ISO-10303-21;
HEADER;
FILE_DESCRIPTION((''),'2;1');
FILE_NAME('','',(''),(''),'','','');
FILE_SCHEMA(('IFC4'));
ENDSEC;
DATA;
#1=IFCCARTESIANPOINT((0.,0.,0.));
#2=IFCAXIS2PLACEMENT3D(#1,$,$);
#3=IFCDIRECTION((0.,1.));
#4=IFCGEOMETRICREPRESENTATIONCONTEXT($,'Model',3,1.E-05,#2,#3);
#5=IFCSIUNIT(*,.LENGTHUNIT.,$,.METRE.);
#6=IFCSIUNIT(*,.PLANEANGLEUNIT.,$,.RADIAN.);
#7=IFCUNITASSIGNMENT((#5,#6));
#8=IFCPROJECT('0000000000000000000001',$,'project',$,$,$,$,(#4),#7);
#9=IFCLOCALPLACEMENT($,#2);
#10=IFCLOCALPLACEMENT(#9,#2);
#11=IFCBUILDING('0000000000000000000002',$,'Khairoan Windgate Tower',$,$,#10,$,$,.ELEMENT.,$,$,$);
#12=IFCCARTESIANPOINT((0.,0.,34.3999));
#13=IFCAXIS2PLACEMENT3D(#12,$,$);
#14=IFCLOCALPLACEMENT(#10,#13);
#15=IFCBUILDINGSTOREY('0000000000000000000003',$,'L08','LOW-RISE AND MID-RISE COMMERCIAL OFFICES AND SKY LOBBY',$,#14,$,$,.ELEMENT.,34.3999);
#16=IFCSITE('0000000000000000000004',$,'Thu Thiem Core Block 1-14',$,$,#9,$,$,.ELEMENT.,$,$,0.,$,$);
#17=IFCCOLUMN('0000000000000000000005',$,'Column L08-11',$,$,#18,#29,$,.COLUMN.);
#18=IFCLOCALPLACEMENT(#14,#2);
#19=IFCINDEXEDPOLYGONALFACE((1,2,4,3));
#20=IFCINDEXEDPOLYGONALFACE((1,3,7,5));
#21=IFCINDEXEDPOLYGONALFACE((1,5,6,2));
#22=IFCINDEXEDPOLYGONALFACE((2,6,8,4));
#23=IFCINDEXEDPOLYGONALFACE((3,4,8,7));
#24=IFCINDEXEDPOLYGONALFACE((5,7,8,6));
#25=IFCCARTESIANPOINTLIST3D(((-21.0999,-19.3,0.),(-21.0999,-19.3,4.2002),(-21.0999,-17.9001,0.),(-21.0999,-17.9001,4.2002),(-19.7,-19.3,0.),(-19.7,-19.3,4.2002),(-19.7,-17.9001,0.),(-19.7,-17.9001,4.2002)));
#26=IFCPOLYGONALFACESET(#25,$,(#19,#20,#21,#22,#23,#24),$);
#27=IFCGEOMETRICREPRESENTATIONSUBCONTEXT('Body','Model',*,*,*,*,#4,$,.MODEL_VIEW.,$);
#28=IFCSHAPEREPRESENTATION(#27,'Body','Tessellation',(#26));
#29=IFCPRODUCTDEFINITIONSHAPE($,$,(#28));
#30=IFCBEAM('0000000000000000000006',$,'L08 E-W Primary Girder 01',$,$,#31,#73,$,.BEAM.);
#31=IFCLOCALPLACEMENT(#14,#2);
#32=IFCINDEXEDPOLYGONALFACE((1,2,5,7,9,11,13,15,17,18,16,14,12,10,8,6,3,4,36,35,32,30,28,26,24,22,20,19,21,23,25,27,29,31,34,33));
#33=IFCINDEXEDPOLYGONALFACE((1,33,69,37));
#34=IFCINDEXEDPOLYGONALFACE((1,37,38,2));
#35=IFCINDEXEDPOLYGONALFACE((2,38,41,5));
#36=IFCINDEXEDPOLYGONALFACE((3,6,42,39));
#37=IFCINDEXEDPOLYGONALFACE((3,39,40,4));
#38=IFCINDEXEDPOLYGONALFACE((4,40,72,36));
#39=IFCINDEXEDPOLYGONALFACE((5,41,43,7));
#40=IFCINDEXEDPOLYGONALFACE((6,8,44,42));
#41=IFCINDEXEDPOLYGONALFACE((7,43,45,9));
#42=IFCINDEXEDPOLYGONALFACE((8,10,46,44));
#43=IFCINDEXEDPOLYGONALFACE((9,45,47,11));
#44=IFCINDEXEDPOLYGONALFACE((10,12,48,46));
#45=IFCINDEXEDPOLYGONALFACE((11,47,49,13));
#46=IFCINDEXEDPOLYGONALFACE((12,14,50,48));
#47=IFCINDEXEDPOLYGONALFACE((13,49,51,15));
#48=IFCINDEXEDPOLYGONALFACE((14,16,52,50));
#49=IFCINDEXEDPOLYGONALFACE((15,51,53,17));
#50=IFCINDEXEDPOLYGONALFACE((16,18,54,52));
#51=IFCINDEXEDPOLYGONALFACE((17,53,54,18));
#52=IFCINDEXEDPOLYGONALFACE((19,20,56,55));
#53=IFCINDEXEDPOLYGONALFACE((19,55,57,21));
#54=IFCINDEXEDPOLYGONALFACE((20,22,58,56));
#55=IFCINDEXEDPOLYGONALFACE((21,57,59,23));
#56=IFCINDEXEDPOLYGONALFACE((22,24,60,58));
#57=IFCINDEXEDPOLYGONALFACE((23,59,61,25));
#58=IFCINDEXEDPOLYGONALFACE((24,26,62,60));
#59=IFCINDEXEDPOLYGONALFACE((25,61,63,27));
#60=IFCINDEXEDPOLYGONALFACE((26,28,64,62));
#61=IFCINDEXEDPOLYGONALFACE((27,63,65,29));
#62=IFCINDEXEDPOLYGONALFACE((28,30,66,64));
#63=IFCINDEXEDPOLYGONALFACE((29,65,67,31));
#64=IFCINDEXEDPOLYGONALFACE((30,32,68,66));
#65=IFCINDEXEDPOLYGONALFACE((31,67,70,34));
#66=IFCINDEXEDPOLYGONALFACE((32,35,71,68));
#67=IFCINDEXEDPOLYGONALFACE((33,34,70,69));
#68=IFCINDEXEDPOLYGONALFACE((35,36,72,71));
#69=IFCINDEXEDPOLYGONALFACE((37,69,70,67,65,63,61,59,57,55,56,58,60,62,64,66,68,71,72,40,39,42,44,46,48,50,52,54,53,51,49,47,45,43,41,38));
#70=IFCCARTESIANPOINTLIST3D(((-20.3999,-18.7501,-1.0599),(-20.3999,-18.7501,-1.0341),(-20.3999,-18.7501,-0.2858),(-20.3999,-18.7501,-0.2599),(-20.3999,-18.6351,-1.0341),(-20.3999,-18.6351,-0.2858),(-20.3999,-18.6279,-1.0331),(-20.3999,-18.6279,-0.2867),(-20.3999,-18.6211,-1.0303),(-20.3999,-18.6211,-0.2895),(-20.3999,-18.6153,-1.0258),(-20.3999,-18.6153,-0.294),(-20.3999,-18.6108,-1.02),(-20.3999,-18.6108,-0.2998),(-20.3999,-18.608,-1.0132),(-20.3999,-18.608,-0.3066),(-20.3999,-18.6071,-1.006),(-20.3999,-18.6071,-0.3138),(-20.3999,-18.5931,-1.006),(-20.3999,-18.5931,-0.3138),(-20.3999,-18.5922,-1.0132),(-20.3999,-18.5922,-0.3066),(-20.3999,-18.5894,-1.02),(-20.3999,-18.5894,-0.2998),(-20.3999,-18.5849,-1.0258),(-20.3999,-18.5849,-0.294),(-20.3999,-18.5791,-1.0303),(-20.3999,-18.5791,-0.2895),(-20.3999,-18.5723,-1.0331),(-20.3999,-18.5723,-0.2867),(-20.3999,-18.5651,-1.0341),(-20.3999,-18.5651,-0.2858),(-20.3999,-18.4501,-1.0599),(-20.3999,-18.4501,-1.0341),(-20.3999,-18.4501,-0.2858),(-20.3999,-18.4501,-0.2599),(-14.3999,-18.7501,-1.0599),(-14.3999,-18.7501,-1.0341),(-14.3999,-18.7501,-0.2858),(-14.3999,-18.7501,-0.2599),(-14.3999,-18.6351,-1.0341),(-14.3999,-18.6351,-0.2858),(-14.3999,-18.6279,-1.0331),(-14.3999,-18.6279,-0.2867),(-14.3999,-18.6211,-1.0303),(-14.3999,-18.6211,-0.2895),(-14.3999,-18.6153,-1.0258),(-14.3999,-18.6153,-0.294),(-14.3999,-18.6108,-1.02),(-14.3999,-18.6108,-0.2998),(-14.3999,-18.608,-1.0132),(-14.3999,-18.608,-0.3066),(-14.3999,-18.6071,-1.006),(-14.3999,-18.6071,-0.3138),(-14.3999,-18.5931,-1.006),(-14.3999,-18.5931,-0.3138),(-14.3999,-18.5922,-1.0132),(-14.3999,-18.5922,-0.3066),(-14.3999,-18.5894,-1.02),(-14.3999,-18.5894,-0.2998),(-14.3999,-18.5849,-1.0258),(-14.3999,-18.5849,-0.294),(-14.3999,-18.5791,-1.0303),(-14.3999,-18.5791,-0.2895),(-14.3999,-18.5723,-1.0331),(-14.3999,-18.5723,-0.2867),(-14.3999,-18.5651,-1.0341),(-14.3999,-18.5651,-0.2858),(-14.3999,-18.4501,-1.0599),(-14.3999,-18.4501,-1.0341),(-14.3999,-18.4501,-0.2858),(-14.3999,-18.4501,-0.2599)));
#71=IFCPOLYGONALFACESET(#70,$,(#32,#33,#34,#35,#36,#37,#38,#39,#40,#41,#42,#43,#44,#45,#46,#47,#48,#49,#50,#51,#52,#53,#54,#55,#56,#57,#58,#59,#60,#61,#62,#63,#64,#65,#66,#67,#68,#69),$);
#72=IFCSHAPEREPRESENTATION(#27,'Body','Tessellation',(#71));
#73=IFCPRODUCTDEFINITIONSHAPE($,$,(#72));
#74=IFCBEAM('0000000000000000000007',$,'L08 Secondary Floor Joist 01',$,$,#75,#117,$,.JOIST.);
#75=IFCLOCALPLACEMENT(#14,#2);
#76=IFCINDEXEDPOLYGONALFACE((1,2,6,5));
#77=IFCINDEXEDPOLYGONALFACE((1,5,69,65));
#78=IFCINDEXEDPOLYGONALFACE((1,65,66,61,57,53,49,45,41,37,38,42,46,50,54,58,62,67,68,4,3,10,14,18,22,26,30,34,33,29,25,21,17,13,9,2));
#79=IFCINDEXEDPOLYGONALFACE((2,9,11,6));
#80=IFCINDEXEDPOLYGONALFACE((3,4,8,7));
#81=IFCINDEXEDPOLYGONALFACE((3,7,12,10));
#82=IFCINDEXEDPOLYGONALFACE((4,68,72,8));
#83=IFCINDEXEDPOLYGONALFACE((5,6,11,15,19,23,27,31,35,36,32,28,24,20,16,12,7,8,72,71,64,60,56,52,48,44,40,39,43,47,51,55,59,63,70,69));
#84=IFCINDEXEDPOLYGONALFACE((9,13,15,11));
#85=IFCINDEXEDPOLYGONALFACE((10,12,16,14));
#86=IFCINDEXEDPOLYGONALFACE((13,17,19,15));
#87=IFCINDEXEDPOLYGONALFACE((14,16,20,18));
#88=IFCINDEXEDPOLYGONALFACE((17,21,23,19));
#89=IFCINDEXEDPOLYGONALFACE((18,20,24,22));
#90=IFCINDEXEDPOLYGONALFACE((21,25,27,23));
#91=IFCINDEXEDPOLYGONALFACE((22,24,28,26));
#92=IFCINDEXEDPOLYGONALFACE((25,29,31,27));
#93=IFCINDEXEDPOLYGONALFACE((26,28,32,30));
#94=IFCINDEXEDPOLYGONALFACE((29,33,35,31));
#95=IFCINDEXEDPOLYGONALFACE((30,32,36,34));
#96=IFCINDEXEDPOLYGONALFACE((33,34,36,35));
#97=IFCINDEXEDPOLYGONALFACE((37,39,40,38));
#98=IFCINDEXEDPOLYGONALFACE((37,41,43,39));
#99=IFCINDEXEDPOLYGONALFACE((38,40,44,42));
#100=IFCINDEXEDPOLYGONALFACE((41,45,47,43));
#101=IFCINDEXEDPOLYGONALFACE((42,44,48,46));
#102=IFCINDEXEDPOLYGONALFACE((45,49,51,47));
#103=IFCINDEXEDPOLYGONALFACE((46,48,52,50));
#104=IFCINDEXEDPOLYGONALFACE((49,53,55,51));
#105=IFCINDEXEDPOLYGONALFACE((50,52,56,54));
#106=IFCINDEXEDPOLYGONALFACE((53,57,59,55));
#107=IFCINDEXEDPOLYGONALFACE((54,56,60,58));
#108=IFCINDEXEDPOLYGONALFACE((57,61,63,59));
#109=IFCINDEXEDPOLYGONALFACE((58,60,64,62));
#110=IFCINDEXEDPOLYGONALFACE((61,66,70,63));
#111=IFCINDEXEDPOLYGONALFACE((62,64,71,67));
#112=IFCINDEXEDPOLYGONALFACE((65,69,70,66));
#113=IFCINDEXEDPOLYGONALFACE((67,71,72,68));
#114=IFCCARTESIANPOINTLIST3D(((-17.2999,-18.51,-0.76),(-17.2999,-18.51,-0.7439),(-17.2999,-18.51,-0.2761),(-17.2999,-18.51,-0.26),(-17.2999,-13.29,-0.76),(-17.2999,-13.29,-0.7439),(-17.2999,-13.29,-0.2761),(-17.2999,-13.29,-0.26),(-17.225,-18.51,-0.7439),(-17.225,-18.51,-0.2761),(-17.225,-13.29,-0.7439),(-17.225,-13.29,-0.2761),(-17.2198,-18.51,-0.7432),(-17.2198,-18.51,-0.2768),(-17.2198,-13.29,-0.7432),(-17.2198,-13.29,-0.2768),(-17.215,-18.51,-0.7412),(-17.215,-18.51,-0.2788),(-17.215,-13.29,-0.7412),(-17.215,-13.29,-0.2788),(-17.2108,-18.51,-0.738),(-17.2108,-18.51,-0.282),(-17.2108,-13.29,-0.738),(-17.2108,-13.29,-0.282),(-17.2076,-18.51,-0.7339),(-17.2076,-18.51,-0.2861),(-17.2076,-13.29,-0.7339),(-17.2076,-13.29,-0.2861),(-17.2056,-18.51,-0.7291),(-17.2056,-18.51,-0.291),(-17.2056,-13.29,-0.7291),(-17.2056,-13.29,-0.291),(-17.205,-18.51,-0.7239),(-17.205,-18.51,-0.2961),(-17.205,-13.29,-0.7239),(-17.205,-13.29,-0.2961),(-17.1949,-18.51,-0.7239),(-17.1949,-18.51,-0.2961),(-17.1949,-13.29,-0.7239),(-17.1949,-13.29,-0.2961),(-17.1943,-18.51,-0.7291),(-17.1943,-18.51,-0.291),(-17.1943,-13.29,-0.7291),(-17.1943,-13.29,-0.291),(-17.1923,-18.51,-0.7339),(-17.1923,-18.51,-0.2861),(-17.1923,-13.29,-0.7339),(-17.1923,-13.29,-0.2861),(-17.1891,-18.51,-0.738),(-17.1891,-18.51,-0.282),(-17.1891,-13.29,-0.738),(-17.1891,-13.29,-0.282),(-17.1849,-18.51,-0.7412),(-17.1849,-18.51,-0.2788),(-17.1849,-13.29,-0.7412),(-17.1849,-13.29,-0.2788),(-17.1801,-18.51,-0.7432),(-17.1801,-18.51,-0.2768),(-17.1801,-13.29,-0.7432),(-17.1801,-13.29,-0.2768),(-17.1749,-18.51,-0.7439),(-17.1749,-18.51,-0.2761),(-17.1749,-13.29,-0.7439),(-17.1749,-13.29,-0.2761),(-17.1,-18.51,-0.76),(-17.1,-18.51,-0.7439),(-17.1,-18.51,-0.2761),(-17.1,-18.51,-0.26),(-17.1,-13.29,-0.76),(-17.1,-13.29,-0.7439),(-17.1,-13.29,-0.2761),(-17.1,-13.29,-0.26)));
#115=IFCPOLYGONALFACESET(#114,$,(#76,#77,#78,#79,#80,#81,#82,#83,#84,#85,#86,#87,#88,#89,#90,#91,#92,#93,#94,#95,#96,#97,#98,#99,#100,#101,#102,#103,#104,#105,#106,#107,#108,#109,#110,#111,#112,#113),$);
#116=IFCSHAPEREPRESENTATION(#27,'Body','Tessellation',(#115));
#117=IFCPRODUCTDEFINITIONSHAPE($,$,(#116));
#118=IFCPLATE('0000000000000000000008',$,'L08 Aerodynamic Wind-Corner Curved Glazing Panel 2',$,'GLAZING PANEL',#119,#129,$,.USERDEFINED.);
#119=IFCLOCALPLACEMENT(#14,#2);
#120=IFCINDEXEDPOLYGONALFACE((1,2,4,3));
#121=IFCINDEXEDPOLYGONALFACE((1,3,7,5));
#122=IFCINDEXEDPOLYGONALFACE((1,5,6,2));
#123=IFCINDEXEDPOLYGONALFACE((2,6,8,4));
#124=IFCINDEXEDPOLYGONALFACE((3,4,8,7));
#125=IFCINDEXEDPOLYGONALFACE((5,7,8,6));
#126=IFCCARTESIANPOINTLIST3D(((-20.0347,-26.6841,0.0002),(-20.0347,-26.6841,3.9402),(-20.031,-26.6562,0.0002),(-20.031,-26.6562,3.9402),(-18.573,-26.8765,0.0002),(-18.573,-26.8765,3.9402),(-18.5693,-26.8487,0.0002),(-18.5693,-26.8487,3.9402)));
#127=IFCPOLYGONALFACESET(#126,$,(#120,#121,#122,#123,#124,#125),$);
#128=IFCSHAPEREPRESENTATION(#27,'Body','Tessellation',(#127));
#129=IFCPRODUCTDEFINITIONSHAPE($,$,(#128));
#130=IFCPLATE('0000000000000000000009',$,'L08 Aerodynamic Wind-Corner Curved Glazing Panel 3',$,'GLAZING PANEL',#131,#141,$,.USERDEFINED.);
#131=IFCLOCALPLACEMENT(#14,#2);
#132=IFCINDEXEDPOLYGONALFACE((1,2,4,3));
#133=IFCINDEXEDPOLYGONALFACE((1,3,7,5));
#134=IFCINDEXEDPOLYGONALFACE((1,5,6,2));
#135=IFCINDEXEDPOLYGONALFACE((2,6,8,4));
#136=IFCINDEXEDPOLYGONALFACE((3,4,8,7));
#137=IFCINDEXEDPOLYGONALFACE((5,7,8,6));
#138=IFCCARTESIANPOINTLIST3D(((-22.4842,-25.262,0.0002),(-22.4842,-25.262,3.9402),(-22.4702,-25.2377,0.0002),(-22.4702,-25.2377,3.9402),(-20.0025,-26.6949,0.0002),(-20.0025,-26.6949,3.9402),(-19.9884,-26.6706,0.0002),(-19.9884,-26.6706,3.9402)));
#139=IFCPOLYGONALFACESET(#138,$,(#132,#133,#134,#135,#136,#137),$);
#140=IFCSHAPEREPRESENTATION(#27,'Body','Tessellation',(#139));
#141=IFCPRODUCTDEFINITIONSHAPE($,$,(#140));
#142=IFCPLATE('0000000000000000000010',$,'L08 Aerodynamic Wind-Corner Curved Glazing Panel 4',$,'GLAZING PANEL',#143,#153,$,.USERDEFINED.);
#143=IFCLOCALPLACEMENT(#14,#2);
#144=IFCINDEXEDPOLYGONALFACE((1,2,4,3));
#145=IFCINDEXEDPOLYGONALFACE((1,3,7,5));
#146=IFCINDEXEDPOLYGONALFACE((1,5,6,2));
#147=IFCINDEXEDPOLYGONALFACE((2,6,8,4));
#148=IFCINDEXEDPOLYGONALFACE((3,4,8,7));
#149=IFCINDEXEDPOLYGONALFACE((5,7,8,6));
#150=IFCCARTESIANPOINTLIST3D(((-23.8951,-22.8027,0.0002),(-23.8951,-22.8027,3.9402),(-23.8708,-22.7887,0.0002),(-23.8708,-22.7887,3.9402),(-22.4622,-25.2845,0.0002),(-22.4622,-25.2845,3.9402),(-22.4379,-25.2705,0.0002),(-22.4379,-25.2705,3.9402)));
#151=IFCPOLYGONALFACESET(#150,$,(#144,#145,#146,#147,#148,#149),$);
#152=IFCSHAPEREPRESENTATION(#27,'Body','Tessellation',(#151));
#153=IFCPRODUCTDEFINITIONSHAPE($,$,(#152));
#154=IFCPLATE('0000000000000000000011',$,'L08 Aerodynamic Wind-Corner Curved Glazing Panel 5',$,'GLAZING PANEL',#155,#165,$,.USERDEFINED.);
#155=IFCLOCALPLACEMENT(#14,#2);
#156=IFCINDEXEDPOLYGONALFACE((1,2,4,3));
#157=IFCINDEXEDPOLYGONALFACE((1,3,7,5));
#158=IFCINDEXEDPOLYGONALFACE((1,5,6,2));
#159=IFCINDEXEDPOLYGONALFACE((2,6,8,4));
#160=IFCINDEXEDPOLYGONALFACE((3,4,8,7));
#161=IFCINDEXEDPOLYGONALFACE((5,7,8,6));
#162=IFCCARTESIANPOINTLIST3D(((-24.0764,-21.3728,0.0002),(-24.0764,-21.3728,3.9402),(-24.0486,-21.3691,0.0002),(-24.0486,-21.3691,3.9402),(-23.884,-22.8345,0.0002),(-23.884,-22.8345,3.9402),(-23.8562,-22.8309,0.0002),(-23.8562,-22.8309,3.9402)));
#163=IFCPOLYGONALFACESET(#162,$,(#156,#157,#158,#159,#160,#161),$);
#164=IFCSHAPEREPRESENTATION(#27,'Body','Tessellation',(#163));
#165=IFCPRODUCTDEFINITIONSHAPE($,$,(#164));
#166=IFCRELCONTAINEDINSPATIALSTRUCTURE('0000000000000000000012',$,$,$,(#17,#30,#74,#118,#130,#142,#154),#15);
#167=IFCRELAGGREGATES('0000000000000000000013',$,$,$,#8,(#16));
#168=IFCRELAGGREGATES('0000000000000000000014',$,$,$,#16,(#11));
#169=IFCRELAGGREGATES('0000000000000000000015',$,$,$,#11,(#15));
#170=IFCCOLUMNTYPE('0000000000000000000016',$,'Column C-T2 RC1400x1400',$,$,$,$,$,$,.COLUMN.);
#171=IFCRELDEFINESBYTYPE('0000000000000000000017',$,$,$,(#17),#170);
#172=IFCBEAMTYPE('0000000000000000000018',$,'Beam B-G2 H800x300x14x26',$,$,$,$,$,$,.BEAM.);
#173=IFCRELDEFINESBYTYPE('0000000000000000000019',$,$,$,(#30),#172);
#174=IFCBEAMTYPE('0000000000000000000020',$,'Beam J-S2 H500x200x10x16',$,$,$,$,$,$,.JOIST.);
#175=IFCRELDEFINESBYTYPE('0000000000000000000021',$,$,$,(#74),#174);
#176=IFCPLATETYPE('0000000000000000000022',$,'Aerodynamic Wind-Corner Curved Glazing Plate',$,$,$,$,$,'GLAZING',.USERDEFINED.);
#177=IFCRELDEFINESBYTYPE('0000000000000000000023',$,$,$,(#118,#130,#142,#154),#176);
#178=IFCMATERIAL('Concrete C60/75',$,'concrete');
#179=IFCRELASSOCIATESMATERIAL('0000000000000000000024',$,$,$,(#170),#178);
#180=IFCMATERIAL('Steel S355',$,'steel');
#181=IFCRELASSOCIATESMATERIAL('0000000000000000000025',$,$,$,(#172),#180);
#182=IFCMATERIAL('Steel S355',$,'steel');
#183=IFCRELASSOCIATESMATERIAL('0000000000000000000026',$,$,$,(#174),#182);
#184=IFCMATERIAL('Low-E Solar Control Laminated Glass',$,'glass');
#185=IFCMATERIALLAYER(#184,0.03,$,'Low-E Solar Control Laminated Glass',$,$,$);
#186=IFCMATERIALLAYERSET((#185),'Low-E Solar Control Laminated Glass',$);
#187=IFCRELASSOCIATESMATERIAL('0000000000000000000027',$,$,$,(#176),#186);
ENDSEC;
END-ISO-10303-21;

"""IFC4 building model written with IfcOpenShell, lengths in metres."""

from ifc_helpers import new_model, si_unit, direction, frame, origin, origin_2d, place, context, subcontext, project, spatial, rectangle, i_section, extrude, material, layer, layer_set, material_profile, profile_set, type_object, element, save


model = new_model("IFC4")

# Units and contexts
model_context = context("Model", 3, precision=1e-05, world=origin(), true_north=direction((0.0, 1.0)))
body_context = subcontext(model_context, "Body", "Model", "MODEL_VIEW")
ifc_project = project(units=[si_unit("LENGTHUNIT", "METRE"), si_unit("PLANEANGLEUNIT", "RADIAN")], contexts=[model_context])

# Site, building, storey
site_placement = place(None, origin())
site = spatial("IfcSite", under=ifc_project, at=site_placement, Name="Thu Thiem Core Block 1-14", CompositionType="ELEMENT", RefElevation=0.0)
building_placement = place(site_placement, origin())
building = spatial("IfcBuilding", under=site, at=building_placement, Name="Khairoan Windgate Tower", CompositionType="ELEMENT")
storey_placement = place(building_placement, frame((0.0, 0.0, 34.3999)))
storey = spatial("IfcBuildingStorey", under=building, at=storey_placement, Name="L08", Description="LOW-RISE AND MID-RISE COMMERCIAL OFFICES AND SKY LOBBY", CompositionType="ELEMENT", Elevation=34.3999)

# Column
ifc_material_1 = material(Name="Concrete C60/75", Category="concrete")
ifc_material_profile_1 = material_profile(ifc_material_1, rectangle(XDim=1.3999, YDim=1.3999, at=origin_2d()))
ifc_profile_set_1 = profile_set([ifc_material_profile_1], Name="Concrete C60/75")
column_type = type_object("IfcColumnType", Name="Column C-T2 RC1400x1400", PredefinedType="COLUMN", material=ifc_profile_set_1)
column_placement = place(storey_placement, frame((-20.3999, -18.6001, 0.0), z_axis=(0.0, 0.0, 1.0), x_axis=(1.0, 0.0, 0.0)))
element("IfcColumn", 1, at=column_placement, inside=storey, type_object=column_type, Name="Column L08-11", PredefinedType="COLUMN", context=body_context, shape_type="SweptSolid", body=[
    extrude(rectangle(XDim=1.3999, YDim=1.3999, at=origin_2d()), origin(), (0.0, 0.0, 1.0), 4.2002),
])

# Beams
ifc_material_2 = material(Name="Steel S355", Category="steel")
ifc_material_profile_2 = material_profile(ifc_material_2, i_section(OverallWidth=0.3, OverallDepth=0.8, WebThickness=0.0139, FlangeThickness=0.0259, FilletRadius=0.0281, at=origin_2d()))
ifc_profile_set_2 = profile_set([ifc_material_profile_2], Name="Steel S355")
beam_type_1 = type_object("IfcBeamType", Name="Beam B-G2 H800x300x14x26", PredefinedType="BEAM", material=ifc_profile_set_2)
beam_1_placement = place(storey_placement, frame((-20.3999, -18.6001, -0.6599), z_axis=(1.0, 0.0, 0.0), x_axis=(0.0, 1.0, 0.0)))
element("IfcBeam", 2, at=beam_1_placement, inside=storey, type_object=beam_type_1, Name="L08 E-W Primary Girder 01", PredefinedType="BEAM", context=body_context, shape_type="SweptSolid", body=[
    extrude(i_section(OverallWidth=0.3, OverallDepth=0.8, WebThickness=0.0139, FlangeThickness=0.0259, FilletRadius=0.0281, at=origin_2d()), origin(), (0.0, 0.0, 1.0), 6.0),
])
ifc_material_3 = material(Name="Steel S355", Category="steel")
ifc_material_profile_3 = material_profile(ifc_material_3, i_section(OverallWidth=0.2, OverallDepth=0.5, WebThickness=0.01, FlangeThickness=0.0161, FilletRadius=0.02, at=origin_2d()))
ifc_profile_set_3 = profile_set([ifc_material_profile_3], Name="Steel S355")
beam_type_2 = type_object("IfcBeamType", Name="Beam J-S2 H500x200x10x16", PredefinedType="JOIST", material=ifc_profile_set_3)
beam_2_placement = place(storey_placement, frame((-17.2, -18.51, -0.51), z_axis=(0.0, 1.0, 0.0), x_axis=(-1.0, 0.0, 0.0)))
element("IfcBeam", 3, at=beam_2_placement, inside=storey, type_object=beam_type_2, Name="L08 Secondary Floor Joist 01", PredefinedType="JOIST", context=body_context, shape_type="SweptSolid", body=[
    extrude(i_section(OverallWidth=0.2, OverallDepth=0.5, WebThickness=0.01, FlangeThickness=0.0161, FilletRadius=0.02, at=origin_2d()), origin(), (0.0, 0.0, 1.0), 5.22),
])

# Plates
ifc_material_4 = material(Name="Low-E Solar Control Laminated Glass", Category="glass")
ifc_layer_1 = layer(ifc_material_4, 0.03, Name="Low-E Solar Control Laminated Glass")
ifc_layer_set_1 = layer_set([ifc_layer_1], Name="Low-E Solar Control Laminated Glass")
plate_type_1 = type_object("IfcPlateType", Name="Aerodynamic Wind-Corner Curved Glazing Plate", ElementType="GLAZING", PredefinedType="USERDEFINED", material=ifc_layer_set_1)
plate_1_placement = place(storey_placement, frame((-19.302, -26.7664, 0.0002), z_axis=(0.0, 0.0, 1.0), x_axis=(-0.991445, 0.130526, 0.0)))
element("IfcPlate", 4, at=plate_1_placement, inside=storey, type_object=plate_type_1, Name="L08 Aerodynamic Wind-Corner Curved Glazing Panel 2", ObjectType="GLAZING PANEL", PredefinedType="USERDEFINED", context=body_context, shape_type="SweptSolid", body=[
    extrude(rectangle(XDim=1.4744, YDim=0.0281, at=origin_2d()), origin(), (0.0, 0.0, 1.0), 3.9399),
])
for number, where, z_axis, x_axis, name in (
    (5, (-21.2363, -25.9663, 0.0002), (0.0, 0.0, 1.0), (-0.866025, 0.5, 0.0), "L08 Aerodynamic Wind-Corner Curved Glazing Panel 3"),
    (6, (-23.1665, -24.0366, 0.0002), (0.0, 0.0, 1.0), (-0.5, 0.866025, 0.0), "L08 Aerodynamic Wind-Corner Curved Glazing Panel 4"),
):
    element("IfcPlate", number, at=place(storey_placement, frame(where, z_axis=z_axis, x_axis=x_axis)), inside=storey, type_object=plate_type_1, Name=name, ObjectType="GLAZING PANEL", PredefinedType="USERDEFINED", context=body_context, shape_type="SweptSolid", body=[
        extrude(rectangle(XDim=2.8657, YDim=0.0281, at=origin_2d()), origin(), (0.0, 0.0, 1.0), 3.9399),
    ])
plate_2_placement = place(storey_placement, frame((-23.9663, -22.1018, 0.0002), z_axis=(0.0, 0.0, 1.0), x_axis=(-0.130526, 0.991445, 0.0)))
element("IfcPlate", 7, at=plate_2_placement, inside=storey, type_object=plate_type_1, Name="L08 Aerodynamic Wind-Corner Curved Glazing Panel 5", ObjectType="GLAZING PANEL", PredefinedType="USERDEFINED", context=body_context, shape_type="SweptSolid", body=[
    extrude(rectangle(XDim=1.4744, YDim=0.0281, at=origin_2d()), origin(), (0.0, 0.0, 1.0), 3.9399),
])

save(model, "model.ifc")
